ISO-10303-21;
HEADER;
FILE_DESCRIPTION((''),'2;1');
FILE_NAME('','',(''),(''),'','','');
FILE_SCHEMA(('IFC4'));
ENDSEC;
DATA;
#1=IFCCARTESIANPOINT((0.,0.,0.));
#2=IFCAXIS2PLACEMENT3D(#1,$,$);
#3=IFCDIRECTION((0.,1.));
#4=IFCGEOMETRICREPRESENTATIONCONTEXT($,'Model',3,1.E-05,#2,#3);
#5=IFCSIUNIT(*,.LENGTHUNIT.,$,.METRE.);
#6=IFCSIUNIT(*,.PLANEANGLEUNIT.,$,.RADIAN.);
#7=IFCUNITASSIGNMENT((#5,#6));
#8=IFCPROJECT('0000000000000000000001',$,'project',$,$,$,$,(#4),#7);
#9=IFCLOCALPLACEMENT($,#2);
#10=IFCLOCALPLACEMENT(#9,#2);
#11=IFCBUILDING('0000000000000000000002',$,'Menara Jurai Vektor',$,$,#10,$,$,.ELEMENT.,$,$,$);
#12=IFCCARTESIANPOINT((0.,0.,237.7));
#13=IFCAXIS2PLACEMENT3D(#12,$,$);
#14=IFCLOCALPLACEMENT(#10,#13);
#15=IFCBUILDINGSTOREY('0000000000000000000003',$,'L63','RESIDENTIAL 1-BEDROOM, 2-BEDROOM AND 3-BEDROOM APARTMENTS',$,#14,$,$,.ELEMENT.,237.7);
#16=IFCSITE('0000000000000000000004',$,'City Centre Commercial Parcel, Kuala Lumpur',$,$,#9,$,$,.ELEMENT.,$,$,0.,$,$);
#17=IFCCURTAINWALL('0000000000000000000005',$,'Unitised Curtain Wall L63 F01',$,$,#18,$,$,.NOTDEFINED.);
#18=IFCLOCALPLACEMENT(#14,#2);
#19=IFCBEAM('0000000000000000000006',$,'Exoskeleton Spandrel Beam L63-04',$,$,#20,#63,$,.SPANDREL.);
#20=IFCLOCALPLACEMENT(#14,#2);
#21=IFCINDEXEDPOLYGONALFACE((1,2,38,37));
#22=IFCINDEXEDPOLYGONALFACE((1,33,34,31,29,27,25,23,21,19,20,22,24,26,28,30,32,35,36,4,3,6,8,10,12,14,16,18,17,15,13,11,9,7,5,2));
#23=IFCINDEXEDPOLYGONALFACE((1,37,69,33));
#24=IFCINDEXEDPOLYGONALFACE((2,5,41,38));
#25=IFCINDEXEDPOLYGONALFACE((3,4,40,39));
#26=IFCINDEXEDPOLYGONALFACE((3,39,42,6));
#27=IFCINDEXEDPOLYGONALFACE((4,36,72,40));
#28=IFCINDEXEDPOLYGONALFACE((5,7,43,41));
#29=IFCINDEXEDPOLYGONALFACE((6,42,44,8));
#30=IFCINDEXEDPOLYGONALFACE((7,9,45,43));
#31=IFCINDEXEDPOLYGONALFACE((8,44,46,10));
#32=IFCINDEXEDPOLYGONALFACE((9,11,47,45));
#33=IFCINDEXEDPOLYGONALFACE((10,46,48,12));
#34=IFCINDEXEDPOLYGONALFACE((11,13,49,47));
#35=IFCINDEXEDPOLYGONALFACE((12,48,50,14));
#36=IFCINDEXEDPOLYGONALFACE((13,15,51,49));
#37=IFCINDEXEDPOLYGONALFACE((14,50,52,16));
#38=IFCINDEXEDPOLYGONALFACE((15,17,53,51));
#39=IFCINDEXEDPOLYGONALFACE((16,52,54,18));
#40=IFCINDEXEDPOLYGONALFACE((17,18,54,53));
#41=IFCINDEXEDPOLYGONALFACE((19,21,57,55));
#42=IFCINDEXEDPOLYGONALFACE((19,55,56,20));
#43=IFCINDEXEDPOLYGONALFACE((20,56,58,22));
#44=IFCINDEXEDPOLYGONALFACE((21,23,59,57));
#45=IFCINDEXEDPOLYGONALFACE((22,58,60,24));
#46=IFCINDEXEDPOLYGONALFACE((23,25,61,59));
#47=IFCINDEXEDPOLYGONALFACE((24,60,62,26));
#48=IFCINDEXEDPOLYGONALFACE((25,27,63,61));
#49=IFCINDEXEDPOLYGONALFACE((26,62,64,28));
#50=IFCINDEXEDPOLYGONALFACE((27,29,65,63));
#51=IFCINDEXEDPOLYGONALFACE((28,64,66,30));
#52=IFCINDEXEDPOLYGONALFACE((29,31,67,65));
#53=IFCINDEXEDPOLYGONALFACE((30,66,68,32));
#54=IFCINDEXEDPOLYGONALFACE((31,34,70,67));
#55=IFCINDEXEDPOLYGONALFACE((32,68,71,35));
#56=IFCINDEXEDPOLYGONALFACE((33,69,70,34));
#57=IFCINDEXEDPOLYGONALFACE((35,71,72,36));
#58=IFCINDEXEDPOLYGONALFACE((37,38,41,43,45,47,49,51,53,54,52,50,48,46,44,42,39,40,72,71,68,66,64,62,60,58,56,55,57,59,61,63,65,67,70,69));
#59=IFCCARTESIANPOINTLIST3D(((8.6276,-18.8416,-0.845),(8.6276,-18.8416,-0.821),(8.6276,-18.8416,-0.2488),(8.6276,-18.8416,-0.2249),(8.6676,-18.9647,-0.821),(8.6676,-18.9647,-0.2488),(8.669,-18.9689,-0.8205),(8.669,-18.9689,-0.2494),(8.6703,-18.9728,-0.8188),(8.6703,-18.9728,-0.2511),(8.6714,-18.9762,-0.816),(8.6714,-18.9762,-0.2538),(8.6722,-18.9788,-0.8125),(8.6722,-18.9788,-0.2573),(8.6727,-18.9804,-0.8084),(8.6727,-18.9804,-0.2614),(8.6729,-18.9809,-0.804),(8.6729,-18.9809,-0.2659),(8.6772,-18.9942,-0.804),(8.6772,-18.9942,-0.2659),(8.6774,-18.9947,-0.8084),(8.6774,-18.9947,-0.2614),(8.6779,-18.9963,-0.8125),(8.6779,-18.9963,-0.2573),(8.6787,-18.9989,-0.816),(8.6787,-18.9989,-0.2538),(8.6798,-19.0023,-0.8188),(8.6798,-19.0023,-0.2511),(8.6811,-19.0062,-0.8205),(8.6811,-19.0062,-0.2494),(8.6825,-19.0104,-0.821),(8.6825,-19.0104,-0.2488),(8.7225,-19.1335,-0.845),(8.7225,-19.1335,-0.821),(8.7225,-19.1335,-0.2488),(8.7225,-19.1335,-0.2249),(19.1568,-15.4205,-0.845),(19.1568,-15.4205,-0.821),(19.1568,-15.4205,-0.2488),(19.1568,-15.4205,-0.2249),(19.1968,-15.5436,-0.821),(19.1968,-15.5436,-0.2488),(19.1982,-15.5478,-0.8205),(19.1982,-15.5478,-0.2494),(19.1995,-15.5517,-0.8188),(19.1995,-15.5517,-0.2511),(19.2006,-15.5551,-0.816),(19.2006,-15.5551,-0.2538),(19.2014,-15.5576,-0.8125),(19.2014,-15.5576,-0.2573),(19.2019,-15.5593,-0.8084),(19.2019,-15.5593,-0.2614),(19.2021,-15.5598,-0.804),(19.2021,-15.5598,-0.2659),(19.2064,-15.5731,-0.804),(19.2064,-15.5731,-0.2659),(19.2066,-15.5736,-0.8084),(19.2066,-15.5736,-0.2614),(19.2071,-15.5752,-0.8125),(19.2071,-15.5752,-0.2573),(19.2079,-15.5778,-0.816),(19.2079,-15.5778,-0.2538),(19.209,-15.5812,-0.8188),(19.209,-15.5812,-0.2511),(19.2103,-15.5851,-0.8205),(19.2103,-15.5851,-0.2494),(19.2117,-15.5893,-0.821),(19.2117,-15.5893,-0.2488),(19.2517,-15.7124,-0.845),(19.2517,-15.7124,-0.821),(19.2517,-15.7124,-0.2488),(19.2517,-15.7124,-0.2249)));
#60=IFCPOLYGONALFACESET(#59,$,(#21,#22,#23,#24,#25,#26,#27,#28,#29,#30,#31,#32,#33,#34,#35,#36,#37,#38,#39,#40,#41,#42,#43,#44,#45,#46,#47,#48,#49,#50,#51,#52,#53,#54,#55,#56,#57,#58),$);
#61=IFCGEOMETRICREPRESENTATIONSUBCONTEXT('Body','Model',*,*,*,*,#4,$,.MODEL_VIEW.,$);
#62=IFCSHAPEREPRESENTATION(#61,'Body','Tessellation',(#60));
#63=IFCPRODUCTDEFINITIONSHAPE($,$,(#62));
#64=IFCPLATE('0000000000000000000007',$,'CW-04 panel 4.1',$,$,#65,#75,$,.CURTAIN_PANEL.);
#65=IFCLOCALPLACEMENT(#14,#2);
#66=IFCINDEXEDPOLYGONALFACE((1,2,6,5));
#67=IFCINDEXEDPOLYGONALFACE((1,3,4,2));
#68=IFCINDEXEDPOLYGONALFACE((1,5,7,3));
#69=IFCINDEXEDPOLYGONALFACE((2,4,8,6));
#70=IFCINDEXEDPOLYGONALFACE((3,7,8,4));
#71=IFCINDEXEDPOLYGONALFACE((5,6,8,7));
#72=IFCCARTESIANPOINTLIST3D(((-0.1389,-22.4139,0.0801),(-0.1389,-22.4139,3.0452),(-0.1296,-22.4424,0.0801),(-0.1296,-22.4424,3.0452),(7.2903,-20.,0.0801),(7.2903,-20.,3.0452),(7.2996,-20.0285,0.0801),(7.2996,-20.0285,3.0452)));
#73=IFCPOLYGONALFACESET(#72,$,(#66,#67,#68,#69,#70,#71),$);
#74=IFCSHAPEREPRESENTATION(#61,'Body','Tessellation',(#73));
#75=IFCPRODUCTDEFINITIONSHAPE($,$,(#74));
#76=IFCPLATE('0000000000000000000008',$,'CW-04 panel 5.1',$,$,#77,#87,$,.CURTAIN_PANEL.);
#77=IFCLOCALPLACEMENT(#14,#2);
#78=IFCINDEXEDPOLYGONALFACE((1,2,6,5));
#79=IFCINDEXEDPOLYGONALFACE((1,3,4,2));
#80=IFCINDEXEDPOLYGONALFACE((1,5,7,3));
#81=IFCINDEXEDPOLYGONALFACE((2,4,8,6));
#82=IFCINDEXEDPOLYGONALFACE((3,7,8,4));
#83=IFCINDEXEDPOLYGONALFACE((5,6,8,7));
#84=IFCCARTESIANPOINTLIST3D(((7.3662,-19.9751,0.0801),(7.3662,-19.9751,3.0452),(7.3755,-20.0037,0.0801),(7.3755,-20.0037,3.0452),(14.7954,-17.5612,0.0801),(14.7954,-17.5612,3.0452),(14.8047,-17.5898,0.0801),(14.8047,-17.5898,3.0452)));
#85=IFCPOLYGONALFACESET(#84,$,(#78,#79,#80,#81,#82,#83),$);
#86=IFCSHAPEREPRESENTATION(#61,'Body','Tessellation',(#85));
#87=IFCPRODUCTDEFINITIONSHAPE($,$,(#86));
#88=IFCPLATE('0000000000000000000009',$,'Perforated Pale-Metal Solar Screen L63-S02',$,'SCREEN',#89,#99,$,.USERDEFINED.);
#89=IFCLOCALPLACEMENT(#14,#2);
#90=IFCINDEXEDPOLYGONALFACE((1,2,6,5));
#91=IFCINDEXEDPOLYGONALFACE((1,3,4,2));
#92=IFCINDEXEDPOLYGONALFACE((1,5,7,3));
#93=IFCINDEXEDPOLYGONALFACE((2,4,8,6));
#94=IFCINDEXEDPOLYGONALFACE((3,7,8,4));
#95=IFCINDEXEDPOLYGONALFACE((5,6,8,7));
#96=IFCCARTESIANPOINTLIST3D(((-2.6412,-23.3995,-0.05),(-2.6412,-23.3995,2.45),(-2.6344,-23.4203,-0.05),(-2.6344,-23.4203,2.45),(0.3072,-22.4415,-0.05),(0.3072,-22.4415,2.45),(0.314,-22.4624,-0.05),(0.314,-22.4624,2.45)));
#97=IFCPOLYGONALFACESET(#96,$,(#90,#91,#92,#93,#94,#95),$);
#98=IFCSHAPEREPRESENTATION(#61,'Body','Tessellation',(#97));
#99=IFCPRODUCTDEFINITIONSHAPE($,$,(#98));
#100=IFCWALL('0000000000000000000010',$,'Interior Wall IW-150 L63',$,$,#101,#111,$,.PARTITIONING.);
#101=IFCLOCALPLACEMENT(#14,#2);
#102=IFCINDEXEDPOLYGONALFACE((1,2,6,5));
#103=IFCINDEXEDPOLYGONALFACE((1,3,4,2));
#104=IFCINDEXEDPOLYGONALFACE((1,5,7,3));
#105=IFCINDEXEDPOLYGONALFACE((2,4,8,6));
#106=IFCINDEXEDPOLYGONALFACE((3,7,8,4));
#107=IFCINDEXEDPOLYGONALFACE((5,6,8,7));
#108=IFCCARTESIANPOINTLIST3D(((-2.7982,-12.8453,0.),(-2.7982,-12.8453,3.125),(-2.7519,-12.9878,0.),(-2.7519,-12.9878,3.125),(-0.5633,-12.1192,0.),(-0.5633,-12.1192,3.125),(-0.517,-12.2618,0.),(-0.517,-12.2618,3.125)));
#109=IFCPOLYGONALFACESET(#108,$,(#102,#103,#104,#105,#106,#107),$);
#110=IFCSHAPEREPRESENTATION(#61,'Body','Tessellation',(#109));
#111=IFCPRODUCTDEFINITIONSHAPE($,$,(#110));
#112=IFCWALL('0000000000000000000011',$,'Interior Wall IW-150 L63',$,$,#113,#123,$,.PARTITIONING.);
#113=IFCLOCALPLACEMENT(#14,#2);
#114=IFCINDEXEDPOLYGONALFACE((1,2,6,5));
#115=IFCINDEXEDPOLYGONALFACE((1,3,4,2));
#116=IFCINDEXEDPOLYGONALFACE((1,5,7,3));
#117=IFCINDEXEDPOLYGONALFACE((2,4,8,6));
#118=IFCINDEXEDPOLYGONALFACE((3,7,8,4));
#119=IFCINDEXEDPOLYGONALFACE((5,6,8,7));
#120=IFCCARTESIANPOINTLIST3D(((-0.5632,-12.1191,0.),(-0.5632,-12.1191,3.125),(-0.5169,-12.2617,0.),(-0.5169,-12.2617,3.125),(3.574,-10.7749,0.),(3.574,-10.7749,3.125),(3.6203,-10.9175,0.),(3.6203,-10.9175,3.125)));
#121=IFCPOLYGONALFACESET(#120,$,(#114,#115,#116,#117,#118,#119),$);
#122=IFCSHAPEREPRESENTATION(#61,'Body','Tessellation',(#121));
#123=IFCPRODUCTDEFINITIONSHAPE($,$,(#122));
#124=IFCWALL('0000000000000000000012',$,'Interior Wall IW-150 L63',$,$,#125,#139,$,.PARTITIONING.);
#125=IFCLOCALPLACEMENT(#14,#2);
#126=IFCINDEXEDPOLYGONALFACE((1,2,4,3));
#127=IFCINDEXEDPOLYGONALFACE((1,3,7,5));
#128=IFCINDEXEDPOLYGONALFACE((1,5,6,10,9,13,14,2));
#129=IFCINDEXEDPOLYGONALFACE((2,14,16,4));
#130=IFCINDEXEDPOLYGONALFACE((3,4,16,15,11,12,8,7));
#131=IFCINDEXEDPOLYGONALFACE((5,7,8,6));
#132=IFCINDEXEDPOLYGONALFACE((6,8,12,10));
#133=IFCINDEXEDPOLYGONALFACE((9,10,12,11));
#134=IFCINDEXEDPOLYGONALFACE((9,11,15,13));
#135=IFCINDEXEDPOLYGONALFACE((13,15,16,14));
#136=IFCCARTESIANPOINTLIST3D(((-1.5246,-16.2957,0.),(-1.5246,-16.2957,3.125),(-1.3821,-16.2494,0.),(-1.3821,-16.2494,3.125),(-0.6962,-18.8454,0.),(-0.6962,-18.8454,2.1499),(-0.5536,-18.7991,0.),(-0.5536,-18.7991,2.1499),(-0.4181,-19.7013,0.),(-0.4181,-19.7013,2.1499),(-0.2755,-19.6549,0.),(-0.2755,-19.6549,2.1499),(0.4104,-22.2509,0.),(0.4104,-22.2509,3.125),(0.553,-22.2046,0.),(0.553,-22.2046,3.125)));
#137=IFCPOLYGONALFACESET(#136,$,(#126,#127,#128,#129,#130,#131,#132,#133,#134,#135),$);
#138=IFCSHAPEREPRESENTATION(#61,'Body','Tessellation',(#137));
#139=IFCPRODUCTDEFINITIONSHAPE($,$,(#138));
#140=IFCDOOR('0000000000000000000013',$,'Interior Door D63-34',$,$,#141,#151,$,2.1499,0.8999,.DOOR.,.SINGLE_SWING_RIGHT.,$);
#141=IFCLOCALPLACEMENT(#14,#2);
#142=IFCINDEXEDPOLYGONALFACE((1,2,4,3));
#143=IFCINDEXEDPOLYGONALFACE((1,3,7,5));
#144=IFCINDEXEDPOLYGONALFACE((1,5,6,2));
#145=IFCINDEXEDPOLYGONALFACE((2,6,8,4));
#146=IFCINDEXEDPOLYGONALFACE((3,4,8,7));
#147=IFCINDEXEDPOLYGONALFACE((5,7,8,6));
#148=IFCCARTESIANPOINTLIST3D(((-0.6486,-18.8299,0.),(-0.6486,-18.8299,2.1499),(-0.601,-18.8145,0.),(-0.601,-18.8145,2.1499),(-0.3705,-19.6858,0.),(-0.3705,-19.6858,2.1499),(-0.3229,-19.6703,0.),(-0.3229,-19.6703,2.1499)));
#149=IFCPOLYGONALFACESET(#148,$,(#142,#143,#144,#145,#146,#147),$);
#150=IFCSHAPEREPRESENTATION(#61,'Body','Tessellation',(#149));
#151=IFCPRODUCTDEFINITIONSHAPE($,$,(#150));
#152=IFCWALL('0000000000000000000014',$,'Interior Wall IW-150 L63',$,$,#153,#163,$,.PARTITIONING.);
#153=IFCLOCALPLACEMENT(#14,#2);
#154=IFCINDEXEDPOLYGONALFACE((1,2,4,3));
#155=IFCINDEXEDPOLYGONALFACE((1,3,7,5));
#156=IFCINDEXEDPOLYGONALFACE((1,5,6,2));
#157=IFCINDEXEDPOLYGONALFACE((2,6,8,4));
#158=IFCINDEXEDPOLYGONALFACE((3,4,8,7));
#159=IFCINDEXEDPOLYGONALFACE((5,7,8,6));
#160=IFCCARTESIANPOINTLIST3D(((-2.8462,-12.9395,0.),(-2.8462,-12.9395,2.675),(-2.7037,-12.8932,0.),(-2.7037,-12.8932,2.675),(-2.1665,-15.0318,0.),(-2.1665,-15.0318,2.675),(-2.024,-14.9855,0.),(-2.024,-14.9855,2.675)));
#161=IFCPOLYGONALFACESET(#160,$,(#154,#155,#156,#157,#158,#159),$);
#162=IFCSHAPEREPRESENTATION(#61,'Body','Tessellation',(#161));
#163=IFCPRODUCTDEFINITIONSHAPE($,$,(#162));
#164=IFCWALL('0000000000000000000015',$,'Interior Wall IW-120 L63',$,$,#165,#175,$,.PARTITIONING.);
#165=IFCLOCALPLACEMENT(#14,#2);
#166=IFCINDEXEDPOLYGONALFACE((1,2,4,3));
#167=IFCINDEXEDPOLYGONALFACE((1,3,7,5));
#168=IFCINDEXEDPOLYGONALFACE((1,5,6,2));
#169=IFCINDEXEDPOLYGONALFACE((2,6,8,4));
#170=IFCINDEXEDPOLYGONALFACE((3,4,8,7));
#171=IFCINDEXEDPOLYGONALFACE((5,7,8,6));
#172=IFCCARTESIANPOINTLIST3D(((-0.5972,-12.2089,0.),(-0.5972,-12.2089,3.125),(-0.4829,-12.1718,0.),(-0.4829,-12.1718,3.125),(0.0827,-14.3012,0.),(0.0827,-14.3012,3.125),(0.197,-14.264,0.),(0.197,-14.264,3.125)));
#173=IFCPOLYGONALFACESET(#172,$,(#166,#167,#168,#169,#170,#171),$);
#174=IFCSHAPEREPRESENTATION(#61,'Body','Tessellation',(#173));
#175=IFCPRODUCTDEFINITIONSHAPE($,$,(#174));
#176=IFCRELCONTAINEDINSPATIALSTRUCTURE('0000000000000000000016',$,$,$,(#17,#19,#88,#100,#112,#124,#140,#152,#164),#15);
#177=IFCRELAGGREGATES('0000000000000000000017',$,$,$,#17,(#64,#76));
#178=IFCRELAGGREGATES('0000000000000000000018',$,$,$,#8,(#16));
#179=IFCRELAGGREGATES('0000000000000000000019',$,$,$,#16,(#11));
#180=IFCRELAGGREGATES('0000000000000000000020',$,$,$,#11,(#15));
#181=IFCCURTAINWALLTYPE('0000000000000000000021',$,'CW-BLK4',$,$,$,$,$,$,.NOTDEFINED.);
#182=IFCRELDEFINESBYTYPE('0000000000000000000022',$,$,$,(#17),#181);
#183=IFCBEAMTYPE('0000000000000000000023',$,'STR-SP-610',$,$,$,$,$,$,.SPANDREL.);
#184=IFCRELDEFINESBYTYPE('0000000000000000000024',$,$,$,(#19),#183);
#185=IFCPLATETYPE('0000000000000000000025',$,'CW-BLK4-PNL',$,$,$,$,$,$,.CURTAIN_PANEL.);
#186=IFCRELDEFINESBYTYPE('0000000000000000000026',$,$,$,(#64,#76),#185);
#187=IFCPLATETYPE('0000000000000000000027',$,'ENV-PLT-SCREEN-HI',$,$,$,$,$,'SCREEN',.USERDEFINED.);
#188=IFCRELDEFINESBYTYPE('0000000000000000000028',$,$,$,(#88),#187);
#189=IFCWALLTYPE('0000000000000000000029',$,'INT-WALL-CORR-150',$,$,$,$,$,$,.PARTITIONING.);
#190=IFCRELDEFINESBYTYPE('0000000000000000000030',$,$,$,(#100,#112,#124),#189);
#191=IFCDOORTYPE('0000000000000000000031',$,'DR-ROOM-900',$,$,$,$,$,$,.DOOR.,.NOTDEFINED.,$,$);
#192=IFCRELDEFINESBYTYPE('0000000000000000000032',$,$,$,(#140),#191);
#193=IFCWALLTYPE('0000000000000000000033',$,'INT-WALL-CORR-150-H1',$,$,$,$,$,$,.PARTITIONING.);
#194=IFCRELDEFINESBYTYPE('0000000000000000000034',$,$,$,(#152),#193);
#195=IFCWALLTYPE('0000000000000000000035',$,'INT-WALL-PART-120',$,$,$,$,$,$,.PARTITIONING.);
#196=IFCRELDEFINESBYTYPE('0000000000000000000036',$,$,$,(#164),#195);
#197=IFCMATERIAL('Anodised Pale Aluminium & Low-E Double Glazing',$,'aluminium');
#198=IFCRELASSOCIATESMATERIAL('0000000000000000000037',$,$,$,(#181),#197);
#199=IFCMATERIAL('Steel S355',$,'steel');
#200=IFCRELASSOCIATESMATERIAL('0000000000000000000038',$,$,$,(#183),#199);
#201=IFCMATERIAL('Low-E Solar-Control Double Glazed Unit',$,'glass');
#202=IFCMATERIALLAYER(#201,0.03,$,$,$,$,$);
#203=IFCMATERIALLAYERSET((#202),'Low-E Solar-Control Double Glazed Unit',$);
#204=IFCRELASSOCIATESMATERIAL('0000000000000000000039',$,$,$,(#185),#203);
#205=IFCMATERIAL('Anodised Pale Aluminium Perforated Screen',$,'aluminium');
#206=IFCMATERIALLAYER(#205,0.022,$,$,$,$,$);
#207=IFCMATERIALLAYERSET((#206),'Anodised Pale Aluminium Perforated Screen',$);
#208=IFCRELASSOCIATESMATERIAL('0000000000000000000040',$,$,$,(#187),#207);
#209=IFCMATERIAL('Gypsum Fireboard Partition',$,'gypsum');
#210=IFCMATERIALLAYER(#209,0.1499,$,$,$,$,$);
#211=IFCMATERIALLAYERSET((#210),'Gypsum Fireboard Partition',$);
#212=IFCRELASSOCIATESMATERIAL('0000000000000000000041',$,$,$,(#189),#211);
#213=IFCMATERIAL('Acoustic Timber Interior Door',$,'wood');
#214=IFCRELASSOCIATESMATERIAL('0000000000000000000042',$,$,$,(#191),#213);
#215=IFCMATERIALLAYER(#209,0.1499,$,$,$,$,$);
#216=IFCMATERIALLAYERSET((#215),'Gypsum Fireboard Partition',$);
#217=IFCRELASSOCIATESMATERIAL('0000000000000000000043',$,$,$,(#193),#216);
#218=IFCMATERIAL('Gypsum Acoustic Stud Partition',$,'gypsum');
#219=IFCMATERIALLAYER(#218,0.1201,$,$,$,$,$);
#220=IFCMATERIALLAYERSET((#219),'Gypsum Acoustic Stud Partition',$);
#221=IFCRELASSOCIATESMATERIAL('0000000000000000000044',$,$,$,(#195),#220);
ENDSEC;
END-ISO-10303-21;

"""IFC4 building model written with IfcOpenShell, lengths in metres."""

from ifc_helpers import new_model, si_unit, direction, frame, frame_2d, origin, origin_2d, place, context, subcontext, project, spatial, rectangle, i_section, extrude, material, layer, layer_set, material_profile, profile_set, type_object, element, fill, aggregate, save


model = new_model("IFC4")

# Units and contexts
model_context = context("Model", 3, precision=1e-05, world=origin(), true_north=direction((0.0, 1.0)))
body_context = subcontext(model_context, "Body", "Model", "MODEL_VIEW")
ifc_project = project(units=[si_unit("LENGTHUNIT", "METRE"), si_unit("PLANEANGLEUNIT", "RADIAN")], contexts=[model_context])

# Site, building, storey
site_placement = place(None, origin())
site = spatial("IfcSite", under=ifc_project, at=site_placement, Name="City Centre Commercial Parcel, Kuala Lumpur", CompositionType="ELEMENT", RefElevation=0.0)
building_placement = place(site_placement, origin())
building = spatial("IfcBuilding", under=site, at=building_placement, Name="Menara Jurai Vektor", CompositionType="ELEMENT")
storey_placement = place(building_placement, frame((0.0, 0.0, 237.7)))
storey = spatial("IfcBuildingStorey", under=building, at=storey_placement, Name="L63", Description="RESIDENTIAL 1-BEDROOM, 2-BEDROOM AND 3-BEDROOM APARTMENTS", CompositionType="ELEMENT", Elevation=237.7)

# Curtain wall
ifc_material_1 = material(Name="Anodised Pale Aluminium & Low-E Double Glazing", Category="aluminium")
curtain_wall_type = type_object("IfcCurtainWallType", Name="CW-BLK4", PredefinedType="NOTDEFINED", material=ifc_material_1)
curtain_wall_placement = place(storey_placement, origin())
curtain_wall = element("IfcCurtainWall", 1, at=curtain_wall_placement, inside=storey, type_object=curtain_wall_type, Name="Unitised Curtain Wall L63 F01", PredefinedType="NOTDEFINED")

# Beam
ifc_material_2 = material(Name="Steel S355", Category="steel")
ifc_material_profile_1 = material_profile(ifc_material_2, i_section(OverallWidth=0.3069, OverallDepth=0.6201, WebThickness=0.0139, FlangeThickness=0.0239, FilletRadius=0.0171, at=origin_2d()), Name="UKB 610x305x179")
ifc_profile_set_1 = profile_set([ifc_material_profile_1], Name="Steel S355")
beam_type_1 = type_object("IfcBeamType", Name="STR-SP-610", PredefinedType="SPANDREL", material=ifc_profile_set_1)
for number, where, z_axis, x_axis, name in (
    (2, (8.675, -18.9875, -0.5349), (0.951057, 0.309014, 0.0), (-0.309014, 0.951057, 0.0), "Exoskeleton Spandrel Beam L63-04"),
):
    element("IfcBeam", number, at=place(storey_placement, frame(where, z_axis=z_axis, x_axis=x_axis)), inside=storey, type_object=beam_type_1, Name=name, PredefinedType="SPANDREL", context=body_context, shape_type="SweptSolid", body=[
        extrude(i_section(OverallWidth=0.3069, OverallDepth=0.6201, WebThickness=0.0139, FlangeThickness=0.0239, FilletRadius=0.0171, at=origin_2d()), origin(), (0.0, 0.0, 1.0), 11.071),
    ])

# Plates
ifc_material_3 = material(Name="Low-E Solar-Control Double Glazed Unit", Category="glass")
ifc_layer_1 = layer(ifc_material_3, 0.03)
ifc_layer_set_1 = layer_set([ifc_layer_1], Name="Low-E Solar-Control Double Glazed Unit")
plate_type_1 = type_object("IfcPlateType", Name="CW-BLK4-PNL", PredefinedType="CURTAIN_PANEL", material=ifc_layer_set_1)
plate_1_placement = place(storey_placement, frame((3.5803, -21.2212, 0.0801), z_axis=(0.0, 0.0, 1.0), x_axis=(0.951056, 0.309017, 0.0)))
plate_1 = element("IfcPlate", 3, at=plate_1_placement, type_object=plate_type_1, Name="CW-04 panel 4.1", PredefinedType="CURTAIN_PANEL", context=body_context, shape_type="SweptSolid", body=[
    extrude(rectangle(XDim=7.8115, YDim=0.03, at=origin_2d()), origin(), (0.0, 0.0, 1.0), 2.9651),
])
plate_2_placement = place(storey_placement, frame((11.0854, -18.7825, 0.0801), z_axis=(0.0, 0.0, 1.0), x_axis=(0.951056, 0.309017, 0.0)))
plate_2 = element("IfcPlate", 4, at=plate_2_placement, type_object=plate_type_1, Name="CW-04 panel 5.1", PredefinedType="CURTAIN_PANEL", context=body_context, shape_type="SweptSolid", body=[
    extrude(rectangle(XDim=7.8115, YDim=0.03, at=origin_2d()), origin(), (0.0, 0.0, 1.0), 2.9651),
])
aggregate(curtain_wall, [plate_1, plate_2])
ifc_material_4 = material(Name="Anodised Pale Aluminium Perforated Screen", Category="aluminium")
ifc_layer_2 = layer(ifc_material_4, 0.022)
ifc_layer_set_2 = layer_set([ifc_layer_2], Name="Anodised Pale Aluminium Perforated Screen")
plate_type_2 = type_object("IfcPlateType", Name="ENV-PLT-SCREEN-HI", ElementType="SCREEN", PredefinedType="USERDEFINED", material=ifc_layer_set_2)
plate_3_placement = place(storey_placement, frame((-1.1636, -22.9309, -0.05), z_axis=(0.0, 0.0, 1.0), x_axis=(0.951057, 0.309017, 0.0)))
element("IfcPlate", 5, at=plate_3_placement, inside=storey, type_object=plate_type_2, Name="Perforated Pale-Metal Solar Screen L63-S02", ObjectType="SCREEN", PredefinedType="USERDEFINED", context=body_context, shape_type="SweptSolid", body=[
    extrude(rectangle(XDim=3.1001, YDim=0.022, at=origin_2d()), origin(), (0.0, 0.0, 1.0), 2.5),
])

# Walls
ifc_material_5 = material(Name="Gypsum Fireboard Partition", Category="gypsum")
ifc_layer_3 = layer(ifc_material_5, 0.1499)
ifc_layer_set_3 = layer_set([ifc_layer_3], Name="Gypsum Fireboard Partition")
wall_type_1 = type_object("IfcWallType", Name="INT-WALL-CORR-150", PredefinedType="PARTITIONING", material=ifc_layer_set_3)
wall_1_placement = place(storey_placement, frame((-2.7749, -12.9165, 0.0), z_axis=(0.0, 0.0, 1.0), x_axis=(0.951066, 0.308987, 0.0)))
element("IfcWall", 6, at=wall_1_placement, inside=storey, type_object=wall_type_1, Name="Interior Wall IW-150 L63", PredefinedType="PARTITIONING", context=body_context, shape_type="SweptSolid", body=[
    extrude(rectangle(XDim=2.3499, YDim=0.1499, at=frame_2d((1.1748, 0.0))), origin(), (0.0, 0.0, 1.0), 3.125),
])
wall_2_placement = place(storey_placement, frame((-0.54, -12.1904, 0.0), z_axis=(0.0, 0.0, 1.0), x_axis=(0.951058, 0.309012, 0.0)))
element("IfcWall", 7, at=wall_2_placement, inside=storey, type_object=wall_type_1, Name="Interior Wall IW-150 L63", PredefinedType="PARTITIONING", context=body_context, shape_type="SweptSolid", body=[
    extrude(rectangle(XDim=4.3501, YDim=0.1499, at=frame_2d((2.175, 0.0))), origin(), (0.0, 0.0, 1.0), 3.125),
])

# Wall, opening, door
ifc_material_6 = material(Name="Acoustic Timber Interior Door", Category="wood")
door_type_1 = type_object("IfcDoorType", Name="DR-ROOM-900", OperationType="NOTDEFINED", PredefinedType="DOOR", material=ifc_material_6)
wall_3_placement = place(storey_placement, frame((0.4817, -22.2278, 0.0), z_axis=(0.0, 0.0, 1.0), x_axis=(-0.309025, 0.951054, 0.0)))
wall_3 = element("IfcWall", 8, at=wall_3_placement, inside=storey, type_object=wall_type_1, Name="Interior Wall IW-150 L63", PredefinedType="PARTITIONING", context=body_context, shape_type="SweptSolid", body=[
    extrude(rectangle(XDim=6.2617, YDim=0.1499, at=frame_2d((3.1309, 0.0))), origin(), (0.0, 0.0, 1.0), 3.125),
])
opening_1_placement = place(wall_3_placement, frame((2.6809, 0.0, 0.0)))
opening_1 = element("IfcOpeningElement", 9, at=opening_1_placement, cuts=wall_3, PredefinedType="OPENING", context=body_context, shape_type="SweptSolid", body=[
    extrude(rectangle(XDim=0.8999, YDim=2.1499, at=frame_2d((0.45, 1.075))), frame((0.0, 0.085, 0.0), z_axis=(0.0, -1.0, 0.0), x_axis=(1.0, 0.0, 0.0)), (0.0, 0.0, 1.0), 0.1699),
])
door_1_placement = place(opening_1_placement, origin())
door_1 = element("IfcDoor", 10, at=door_1_placement, inside=storey, type_object=door_type_1, Name="Interior Door D63-34", OperationType="SINGLE_SWING_RIGHT", OverallHeight=2.1499, OverallWidth=0.8999, PredefinedType="DOOR", context=body_context, shape_type="SweptSolid", body=[
    extrude(rectangle(XDim=0.8999, YDim=2.1499, at=frame_2d((0.45, 1.075))), frame((0.0, 0.0249, 0.0), z_axis=(0.0, -1.0, 0.0), x_axis=(1.0, 0.0, 0.0)), (0.0, 0.0, 1.0), 0.05),
])
fill(opening_1, door_1)

# Walls
ifc_layer_4 = layer(ifc_material_5, 0.1499)
ifc_layer_set_4 = layer_set([ifc_layer_4], Name="Gypsum Fireboard Partition")
wall_type_2 = type_object("IfcWallType", Name="INT-WALL-CORR-150-H1", PredefinedType="PARTITIONING", material=ifc_layer_set_4)
wall_4_placement = place(storey_placement, frame((-2.0952, -15.0088, 0.0), z_axis=(0.0, 0.0, 1.0), x_axis=(-0.308961, 0.951075, 0.0)))
element("IfcWall", 11, at=wall_4_placement, inside=storey, type_object=wall_type_2, Name="Interior Wall IW-150 L63", PredefinedType="PARTITIONING", context=body_context, shape_type="SweptSolid", body=[
    extrude(rectangle(XDim=2.2, YDim=0.1499, at=frame_2d((1.1001, 0.0))), origin(), (0.0, 0.0, 1.0), 2.675),
])
ifc_material_7 = material(Name="Gypsum Acoustic Stud Partition", Category="gypsum")
ifc_layer_5 = layer(ifc_material_7, 0.1201)
ifc_layer_set_5 = layer_set([ifc_layer_5], Name="Gypsum Acoustic Stud Partition")
wall_type_3 = type_object("IfcWallType", Name="INT-WALL-PART-120", PredefinedType="PARTITIONING", material=ifc_layer_set_5)
for number, where, z_axis, x_axis, name in (
    (12, (0.1399, -14.2827, 0.0), (0.0, 0.0, 1.0), (-0.309061, 0.951042, 0.0), "Interior Wall IW-120 L63"),
):
    element("IfcWall", number, at=place(storey_placement, frame(where, z_axis=z_axis, x_axis=x_axis)), inside=storey, type_object=wall_type_3, Name=name, PredefinedType="PARTITIONING", context=body_context, shape_type="SweptSolid", body=[
        extrude(rectangle(XDim=2.2, YDim=0.1201, at=frame_2d((1.1001, 0.0))), origin(), (0.0, 0.0, 1.0), 3.125),
    ])

save(model, "model.ifc")
